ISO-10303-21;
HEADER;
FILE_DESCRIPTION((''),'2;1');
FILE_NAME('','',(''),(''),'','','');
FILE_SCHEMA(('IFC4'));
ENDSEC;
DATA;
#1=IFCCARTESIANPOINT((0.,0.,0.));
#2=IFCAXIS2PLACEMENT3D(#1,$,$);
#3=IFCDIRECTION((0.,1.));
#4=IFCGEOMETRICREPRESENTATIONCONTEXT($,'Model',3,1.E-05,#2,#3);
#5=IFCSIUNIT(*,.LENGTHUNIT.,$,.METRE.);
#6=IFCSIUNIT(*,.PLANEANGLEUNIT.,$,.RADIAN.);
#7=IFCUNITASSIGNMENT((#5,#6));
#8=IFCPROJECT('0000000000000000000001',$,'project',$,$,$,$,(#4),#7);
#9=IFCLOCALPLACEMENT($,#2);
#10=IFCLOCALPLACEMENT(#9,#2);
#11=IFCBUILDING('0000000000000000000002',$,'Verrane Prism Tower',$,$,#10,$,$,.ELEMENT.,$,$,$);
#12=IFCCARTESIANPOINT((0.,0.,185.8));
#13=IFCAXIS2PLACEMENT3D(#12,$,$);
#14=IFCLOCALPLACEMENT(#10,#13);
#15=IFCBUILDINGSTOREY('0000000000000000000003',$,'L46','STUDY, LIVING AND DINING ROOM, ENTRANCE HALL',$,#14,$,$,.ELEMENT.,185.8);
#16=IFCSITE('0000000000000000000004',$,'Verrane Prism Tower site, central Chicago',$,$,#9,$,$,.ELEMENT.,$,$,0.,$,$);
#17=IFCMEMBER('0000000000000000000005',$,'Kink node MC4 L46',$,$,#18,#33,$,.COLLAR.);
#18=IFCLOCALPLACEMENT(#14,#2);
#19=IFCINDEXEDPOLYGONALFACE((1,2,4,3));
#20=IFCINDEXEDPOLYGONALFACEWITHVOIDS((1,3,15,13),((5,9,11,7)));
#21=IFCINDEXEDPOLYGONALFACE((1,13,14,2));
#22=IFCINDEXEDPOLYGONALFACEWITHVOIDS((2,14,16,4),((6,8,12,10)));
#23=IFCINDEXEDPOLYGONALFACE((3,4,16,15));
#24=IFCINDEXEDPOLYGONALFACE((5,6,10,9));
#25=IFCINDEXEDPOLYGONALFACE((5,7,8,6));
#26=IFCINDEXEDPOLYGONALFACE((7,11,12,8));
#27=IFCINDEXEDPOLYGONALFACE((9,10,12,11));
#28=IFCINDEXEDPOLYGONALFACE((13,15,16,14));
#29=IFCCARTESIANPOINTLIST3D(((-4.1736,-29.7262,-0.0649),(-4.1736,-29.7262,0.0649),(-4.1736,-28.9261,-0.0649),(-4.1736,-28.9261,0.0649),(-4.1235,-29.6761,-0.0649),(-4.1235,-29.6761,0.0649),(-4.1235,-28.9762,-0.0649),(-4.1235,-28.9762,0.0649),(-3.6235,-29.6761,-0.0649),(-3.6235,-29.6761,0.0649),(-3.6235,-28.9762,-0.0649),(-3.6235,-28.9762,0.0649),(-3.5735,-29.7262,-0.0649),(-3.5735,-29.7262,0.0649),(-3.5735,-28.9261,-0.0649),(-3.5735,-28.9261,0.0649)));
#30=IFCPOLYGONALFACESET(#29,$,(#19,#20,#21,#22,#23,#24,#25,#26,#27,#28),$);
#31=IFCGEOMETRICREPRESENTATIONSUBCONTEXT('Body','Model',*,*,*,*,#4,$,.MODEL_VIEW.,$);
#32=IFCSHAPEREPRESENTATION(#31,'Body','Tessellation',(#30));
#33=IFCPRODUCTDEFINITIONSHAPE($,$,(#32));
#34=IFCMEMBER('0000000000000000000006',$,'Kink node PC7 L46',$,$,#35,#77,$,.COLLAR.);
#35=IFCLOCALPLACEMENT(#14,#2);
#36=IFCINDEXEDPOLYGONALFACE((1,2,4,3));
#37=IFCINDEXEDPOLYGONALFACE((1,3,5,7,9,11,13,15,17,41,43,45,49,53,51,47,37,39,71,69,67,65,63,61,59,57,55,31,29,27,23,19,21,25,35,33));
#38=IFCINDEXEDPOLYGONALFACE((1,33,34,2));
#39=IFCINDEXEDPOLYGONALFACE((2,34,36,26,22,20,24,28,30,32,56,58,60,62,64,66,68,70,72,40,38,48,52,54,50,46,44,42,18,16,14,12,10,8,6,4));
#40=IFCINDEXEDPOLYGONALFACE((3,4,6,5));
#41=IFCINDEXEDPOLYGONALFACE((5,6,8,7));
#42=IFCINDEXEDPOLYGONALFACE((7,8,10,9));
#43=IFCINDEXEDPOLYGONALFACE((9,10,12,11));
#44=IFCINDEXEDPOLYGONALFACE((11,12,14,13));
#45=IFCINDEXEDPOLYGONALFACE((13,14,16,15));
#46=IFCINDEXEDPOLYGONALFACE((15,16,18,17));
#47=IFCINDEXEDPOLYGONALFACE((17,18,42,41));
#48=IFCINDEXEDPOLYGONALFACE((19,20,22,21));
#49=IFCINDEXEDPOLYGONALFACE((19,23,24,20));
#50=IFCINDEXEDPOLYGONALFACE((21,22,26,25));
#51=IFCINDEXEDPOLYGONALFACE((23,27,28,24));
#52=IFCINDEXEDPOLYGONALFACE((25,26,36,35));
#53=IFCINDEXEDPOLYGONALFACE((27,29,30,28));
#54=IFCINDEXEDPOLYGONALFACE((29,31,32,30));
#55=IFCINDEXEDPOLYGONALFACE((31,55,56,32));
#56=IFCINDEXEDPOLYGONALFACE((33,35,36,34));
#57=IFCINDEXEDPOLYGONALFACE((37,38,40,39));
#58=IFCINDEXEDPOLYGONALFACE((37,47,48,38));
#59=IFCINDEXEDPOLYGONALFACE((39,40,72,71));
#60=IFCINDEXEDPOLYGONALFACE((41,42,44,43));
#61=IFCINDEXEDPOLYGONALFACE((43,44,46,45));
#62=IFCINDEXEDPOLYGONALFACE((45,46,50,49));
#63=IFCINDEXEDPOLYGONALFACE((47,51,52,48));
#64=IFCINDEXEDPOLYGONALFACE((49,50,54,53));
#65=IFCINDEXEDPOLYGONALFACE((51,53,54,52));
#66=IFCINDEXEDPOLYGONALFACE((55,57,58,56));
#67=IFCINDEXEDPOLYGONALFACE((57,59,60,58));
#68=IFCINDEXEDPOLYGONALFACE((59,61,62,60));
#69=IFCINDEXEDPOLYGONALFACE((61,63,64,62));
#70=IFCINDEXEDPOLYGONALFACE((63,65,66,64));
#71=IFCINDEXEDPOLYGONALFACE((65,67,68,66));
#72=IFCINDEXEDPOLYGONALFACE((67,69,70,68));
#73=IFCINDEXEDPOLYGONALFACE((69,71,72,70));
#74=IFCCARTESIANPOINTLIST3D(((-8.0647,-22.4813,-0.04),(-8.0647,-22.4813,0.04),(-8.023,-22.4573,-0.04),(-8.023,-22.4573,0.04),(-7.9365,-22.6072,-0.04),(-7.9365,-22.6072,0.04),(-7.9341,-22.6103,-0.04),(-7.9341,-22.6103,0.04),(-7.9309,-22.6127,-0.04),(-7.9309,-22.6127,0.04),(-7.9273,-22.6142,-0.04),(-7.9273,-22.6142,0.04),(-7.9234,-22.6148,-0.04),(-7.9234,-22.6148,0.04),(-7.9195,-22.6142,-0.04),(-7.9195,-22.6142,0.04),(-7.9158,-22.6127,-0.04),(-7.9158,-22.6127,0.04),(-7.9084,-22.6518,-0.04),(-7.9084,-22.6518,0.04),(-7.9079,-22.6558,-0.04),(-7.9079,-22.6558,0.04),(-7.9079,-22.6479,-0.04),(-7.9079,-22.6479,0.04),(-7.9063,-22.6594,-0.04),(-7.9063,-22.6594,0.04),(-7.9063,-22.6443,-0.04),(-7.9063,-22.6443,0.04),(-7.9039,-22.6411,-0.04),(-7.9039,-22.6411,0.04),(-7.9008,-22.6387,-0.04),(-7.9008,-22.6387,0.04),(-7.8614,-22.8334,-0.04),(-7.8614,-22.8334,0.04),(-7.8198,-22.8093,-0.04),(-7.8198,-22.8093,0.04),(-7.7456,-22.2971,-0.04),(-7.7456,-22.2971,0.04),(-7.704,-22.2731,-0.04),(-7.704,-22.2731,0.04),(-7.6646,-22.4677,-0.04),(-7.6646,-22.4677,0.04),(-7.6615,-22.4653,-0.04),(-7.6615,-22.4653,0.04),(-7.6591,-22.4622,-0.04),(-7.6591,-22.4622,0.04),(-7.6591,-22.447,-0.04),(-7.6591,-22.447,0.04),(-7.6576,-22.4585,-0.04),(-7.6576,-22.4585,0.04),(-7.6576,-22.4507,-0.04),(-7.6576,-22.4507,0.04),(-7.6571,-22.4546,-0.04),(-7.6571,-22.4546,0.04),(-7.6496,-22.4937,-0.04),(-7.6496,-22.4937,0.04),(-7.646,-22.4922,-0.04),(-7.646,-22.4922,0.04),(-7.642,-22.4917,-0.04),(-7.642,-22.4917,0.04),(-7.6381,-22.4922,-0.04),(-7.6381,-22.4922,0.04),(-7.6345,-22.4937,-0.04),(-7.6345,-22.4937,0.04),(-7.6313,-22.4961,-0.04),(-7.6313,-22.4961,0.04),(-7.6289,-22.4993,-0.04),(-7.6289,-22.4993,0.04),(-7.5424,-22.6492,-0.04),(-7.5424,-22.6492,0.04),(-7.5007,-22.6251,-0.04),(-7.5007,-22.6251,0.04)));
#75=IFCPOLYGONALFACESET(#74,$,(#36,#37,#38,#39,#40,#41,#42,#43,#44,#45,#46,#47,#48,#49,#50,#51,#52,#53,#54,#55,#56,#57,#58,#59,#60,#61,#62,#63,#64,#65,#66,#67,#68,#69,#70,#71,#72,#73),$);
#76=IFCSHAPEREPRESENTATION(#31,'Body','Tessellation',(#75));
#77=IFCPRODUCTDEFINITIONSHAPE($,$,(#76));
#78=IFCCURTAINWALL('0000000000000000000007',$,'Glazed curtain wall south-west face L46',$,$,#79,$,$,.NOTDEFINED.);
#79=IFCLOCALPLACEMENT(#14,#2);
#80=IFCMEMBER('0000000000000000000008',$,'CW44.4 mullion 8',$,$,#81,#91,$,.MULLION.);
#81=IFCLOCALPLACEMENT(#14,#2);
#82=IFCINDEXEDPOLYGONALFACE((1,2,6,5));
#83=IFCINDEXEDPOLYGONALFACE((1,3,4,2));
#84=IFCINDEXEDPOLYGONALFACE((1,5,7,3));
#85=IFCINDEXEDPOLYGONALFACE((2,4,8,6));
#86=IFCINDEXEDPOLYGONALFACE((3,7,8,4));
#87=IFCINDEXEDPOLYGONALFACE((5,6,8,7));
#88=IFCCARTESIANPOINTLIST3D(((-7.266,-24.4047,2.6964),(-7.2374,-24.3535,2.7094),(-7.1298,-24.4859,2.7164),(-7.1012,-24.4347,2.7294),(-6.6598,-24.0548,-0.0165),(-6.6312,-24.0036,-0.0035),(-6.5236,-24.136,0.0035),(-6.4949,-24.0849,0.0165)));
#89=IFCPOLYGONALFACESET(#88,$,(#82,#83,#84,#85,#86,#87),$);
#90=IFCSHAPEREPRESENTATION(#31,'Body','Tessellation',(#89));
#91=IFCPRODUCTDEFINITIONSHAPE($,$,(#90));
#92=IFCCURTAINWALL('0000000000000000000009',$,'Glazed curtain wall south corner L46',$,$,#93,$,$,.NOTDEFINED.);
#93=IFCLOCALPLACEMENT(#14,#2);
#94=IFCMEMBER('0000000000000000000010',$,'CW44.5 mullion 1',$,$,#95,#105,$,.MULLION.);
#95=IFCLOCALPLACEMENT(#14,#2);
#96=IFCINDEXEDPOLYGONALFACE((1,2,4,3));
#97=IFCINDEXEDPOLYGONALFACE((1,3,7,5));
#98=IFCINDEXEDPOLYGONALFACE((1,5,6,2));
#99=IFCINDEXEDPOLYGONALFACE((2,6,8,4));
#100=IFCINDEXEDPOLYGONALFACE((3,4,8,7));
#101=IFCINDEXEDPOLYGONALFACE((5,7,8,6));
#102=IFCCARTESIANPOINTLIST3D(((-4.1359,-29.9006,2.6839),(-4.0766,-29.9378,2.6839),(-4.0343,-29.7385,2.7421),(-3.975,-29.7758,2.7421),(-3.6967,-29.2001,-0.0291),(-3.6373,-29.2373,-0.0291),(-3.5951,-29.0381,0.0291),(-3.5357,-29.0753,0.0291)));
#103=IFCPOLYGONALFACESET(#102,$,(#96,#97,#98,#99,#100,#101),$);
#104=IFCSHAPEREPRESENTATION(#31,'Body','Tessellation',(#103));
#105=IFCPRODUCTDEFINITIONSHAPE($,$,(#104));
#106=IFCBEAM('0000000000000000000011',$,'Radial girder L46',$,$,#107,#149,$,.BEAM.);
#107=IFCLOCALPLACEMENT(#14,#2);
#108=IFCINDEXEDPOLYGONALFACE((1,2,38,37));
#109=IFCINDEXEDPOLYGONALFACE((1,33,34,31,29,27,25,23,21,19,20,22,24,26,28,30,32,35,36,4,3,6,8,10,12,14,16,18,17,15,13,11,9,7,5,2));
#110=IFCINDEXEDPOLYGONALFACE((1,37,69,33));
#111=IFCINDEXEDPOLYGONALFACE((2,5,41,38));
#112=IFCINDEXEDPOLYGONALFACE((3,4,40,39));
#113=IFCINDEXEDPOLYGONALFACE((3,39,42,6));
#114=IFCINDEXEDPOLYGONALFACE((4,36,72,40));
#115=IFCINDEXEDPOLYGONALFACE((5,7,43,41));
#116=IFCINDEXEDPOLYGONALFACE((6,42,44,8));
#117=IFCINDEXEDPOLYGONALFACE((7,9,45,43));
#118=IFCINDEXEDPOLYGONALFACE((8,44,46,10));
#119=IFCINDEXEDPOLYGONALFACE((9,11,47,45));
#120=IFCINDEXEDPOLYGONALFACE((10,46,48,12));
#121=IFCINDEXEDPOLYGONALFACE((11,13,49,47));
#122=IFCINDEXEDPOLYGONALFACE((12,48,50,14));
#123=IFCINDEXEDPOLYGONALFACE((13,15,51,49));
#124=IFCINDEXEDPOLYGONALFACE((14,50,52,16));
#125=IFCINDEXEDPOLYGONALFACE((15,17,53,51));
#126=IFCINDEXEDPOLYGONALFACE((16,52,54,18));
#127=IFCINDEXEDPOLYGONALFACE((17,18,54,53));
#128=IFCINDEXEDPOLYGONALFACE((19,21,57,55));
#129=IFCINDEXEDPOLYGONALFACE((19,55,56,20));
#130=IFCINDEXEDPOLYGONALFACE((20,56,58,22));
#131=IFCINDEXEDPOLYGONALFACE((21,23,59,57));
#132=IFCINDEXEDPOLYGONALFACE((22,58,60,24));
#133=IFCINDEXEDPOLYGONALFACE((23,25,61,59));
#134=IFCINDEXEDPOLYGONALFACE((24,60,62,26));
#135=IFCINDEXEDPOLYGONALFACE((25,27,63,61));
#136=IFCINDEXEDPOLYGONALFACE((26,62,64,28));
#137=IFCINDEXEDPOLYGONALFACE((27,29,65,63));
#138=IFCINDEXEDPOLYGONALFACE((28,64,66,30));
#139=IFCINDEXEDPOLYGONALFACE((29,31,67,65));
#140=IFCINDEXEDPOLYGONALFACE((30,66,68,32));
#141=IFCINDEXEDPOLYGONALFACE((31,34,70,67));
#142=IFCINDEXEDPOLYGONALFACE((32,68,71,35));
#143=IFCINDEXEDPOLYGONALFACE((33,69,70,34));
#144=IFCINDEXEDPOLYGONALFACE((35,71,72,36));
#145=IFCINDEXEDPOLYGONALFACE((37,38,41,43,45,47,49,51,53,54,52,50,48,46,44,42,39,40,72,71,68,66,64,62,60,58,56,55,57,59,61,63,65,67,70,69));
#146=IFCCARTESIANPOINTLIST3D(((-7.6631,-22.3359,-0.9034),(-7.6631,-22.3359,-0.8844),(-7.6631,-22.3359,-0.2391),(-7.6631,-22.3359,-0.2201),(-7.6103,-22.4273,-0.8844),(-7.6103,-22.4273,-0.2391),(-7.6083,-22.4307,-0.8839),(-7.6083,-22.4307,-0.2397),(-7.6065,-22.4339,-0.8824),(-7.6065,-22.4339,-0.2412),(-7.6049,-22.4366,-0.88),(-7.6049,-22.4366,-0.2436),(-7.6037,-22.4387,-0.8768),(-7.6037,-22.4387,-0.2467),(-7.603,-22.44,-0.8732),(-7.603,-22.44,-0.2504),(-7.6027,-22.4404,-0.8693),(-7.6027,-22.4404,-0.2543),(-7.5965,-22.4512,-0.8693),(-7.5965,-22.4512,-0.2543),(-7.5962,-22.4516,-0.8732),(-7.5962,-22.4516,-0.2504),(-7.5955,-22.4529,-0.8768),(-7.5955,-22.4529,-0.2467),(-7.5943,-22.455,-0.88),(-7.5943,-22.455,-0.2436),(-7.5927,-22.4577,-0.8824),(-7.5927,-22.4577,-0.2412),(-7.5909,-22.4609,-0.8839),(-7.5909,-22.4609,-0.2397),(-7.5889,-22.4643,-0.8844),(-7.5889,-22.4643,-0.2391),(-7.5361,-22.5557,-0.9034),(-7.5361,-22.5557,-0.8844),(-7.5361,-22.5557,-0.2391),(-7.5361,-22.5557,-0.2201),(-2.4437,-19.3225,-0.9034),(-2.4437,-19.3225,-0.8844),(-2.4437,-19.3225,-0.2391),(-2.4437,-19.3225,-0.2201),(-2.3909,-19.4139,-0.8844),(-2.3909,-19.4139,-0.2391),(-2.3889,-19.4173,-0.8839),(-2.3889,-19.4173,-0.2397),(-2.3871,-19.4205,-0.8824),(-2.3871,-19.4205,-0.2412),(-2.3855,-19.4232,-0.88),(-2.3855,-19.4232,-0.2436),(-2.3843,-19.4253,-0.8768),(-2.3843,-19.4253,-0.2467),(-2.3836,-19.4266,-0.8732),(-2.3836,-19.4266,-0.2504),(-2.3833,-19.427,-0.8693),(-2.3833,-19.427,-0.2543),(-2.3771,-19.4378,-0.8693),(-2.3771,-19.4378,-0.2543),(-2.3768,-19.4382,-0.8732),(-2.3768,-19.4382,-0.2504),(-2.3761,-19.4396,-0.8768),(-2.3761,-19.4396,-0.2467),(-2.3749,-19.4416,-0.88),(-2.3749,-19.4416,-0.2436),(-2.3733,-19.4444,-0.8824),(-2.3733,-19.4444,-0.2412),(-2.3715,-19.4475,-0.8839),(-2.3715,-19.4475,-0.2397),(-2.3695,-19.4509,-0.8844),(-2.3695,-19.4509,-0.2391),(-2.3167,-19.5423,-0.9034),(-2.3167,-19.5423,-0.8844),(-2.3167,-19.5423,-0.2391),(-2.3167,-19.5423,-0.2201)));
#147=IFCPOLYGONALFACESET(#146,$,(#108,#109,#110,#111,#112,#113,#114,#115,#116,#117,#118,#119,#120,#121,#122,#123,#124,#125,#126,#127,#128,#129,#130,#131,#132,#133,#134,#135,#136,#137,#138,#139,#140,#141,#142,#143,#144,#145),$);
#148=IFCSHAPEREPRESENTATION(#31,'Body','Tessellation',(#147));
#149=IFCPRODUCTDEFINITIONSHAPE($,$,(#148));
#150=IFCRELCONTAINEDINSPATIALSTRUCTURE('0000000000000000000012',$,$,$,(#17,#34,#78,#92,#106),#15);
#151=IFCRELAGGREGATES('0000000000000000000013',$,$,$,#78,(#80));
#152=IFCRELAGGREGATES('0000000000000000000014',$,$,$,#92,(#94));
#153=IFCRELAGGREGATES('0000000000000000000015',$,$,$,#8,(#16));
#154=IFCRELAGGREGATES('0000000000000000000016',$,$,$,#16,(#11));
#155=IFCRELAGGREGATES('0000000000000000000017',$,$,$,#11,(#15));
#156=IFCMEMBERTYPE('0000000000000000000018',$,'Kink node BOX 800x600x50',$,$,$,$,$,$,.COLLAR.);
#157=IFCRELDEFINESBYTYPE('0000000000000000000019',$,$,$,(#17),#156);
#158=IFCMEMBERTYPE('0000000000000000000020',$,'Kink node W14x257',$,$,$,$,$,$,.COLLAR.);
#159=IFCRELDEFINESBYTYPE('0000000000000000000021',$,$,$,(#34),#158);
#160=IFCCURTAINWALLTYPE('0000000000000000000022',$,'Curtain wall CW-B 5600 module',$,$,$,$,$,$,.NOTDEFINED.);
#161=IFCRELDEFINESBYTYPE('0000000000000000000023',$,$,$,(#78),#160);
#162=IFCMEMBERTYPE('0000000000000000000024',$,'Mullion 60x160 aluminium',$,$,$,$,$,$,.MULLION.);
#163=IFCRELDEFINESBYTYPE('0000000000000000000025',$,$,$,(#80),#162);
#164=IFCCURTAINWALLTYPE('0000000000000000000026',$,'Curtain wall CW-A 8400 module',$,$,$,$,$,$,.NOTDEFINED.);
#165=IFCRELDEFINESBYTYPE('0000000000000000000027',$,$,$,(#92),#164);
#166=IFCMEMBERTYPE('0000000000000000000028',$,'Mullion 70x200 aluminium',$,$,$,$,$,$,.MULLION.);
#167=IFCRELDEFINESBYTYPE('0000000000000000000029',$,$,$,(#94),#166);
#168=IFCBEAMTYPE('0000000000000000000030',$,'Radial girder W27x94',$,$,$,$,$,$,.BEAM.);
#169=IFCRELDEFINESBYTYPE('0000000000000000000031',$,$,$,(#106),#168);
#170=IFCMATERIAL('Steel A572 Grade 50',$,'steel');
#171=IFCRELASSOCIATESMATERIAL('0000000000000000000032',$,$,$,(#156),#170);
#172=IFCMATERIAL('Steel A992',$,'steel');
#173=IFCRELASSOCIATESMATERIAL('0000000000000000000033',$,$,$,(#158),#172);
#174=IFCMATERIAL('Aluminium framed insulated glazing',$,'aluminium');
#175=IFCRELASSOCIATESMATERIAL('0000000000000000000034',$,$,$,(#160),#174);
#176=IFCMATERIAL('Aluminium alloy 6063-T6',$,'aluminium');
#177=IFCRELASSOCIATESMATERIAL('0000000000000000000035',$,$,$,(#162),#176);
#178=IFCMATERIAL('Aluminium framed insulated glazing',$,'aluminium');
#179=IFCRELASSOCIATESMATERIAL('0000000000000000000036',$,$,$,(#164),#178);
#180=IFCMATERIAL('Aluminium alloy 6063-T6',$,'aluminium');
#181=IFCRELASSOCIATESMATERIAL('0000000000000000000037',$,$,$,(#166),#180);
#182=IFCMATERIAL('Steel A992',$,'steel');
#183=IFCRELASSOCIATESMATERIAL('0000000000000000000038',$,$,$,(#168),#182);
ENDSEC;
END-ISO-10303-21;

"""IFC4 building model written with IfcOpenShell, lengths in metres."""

from ifc_helpers import new_model, si_unit, direction, frame, origin, origin_2d, place, context, subcontext, project, spatial, rectangle, hollow_rectangle, i_section, extrude, material, material_profile, profile_set, type_object, element, aggregate, save


model = new_model("IFC4")

# Units and contexts
model_context = context("Model", 3, precision=1e-05, world=origin(), true_north=direction((0.0, 1.0)))
body_context = subcontext(model_context, "Body", "Model", "MODEL_VIEW")
ifc_project = project(units=[si_unit("LENGTHUNIT", "METRE"), si_unit("PLANEANGLEUNIT", "RADIAN")], contexts=[model_context])

# Site, building, storey
site_placement = place(None, origin())
site = spatial("IfcSite", under=ifc_project, at=site_placement, Name="Verrane Prism Tower site, central Chicago", CompositionType="ELEMENT", RefElevation=0.0)
building_placement = place(site_placement, origin())
building = spatial("IfcBuilding", under=site, at=building_placement, Name="Verrane Prism Tower", CompositionType="ELEMENT")
storey_placement = place(building_placement, frame((0.0, 0.0, 185.8)))
storey = spatial("IfcBuildingStorey", under=building, at=storey_placement, Name="L46", Description="STUDY, LIVING AND DINING ROOM, ENTRANCE HALL", CompositionType="ELEMENT", Elevation=185.8)

# Members
ifc_material_1 = material(Name="Steel A572 Grade 50", Category="steel")
ifc_material_profile_1 = material_profile(ifc_material_1, hollow_rectangle(XDim=0.6001, YDim=0.8, WallThickness=0.05, at=origin_2d()), Name="BOX 800x600x50")
ifc_profile_set_1 = profile_set([ifc_material_profile_1], Name="Steel A572 Grade 50")
member_type_1 = type_object("IfcMemberType", Name="Kink node BOX 800x600x50", PredefinedType="COLLAR", material=ifc_profile_set_1)
member_1_placement = place(storey_placement, frame((-3.8735, -29.3262, -0.0649), z_axis=(0.0, 0.0, 1.0), x_axis=(-1.0, 0.0, 0.0)))
element("IfcMember", 1, at=member_1_placement, inside=storey, type_object=member_type_1, Name="Kink node MC4 L46", PredefinedType="COLLAR", context=body_context, shape_type="SweptSolid", body=[
    extrude(hollow_rectangle(XDim=0.6001, YDim=0.8, WallThickness=0.05, at=origin_2d()), origin(), (0.0, 0.0, 1.0), 0.1299),
])
ifc_material_2 = material(Name="Steel A992", Category="steel")
ifc_material_profile_2 = material_profile(ifc_material_2, i_section(OverallWidth=0.4065, OverallDepth=0.4165, WebThickness=0.03, FlangeThickness=0.0481, FilletRadius=0.0151, at=origin_2d()), Name="W14x257")
ifc_profile_set_2 = profile_set([ifc_material_profile_2], Name="Steel A992")
member_type_2 = type_object("IfcMemberType", Name="Kink node W14x257", PredefinedType="COLLAR", material=ifc_profile_set_2)
member_2_placement = place(storey_placement, frame((-7.7827, -22.5532, -0.04), z_axis=(0.0, 0.0, 1.0), x_axis=(-0.5, 0.866025, 0.0)))
element("IfcMember", 2, at=member_2_placement, inside=storey, type_object=member_type_2, Name="Kink node PC7 L46", PredefinedType="COLLAR", context=body_context, shape_type="SweptSolid", body=[
    extrude(i_section(OverallWidth=0.4065, OverallDepth=0.4165, WebThickness=0.03, FlangeThickness=0.0481, FilletRadius=0.0151, at=origin_2d()), origin(), (0.0, 0.0, 1.0), 0.0801),
])

# Curtain walls, members
ifc_material_3 = material(Name="Aluminium framed insulated glazing", Category="aluminium")
curtain_wall_type_1 = type_object("IfcCurtainWallType", Name="Curtain wall CW-B 5600 module", PredefinedType="NOTDEFINED", material=ifc_material_3)
curtain_wall_1_placement = place(storey_placement, origin())
curtain_wall_1 = element("IfcCurtainWall", 3, at=curtain_wall_1_placement, inside=storey, type_object=curtain_wall_type_1, Name="Glazed curtain wall south-west face L46", PredefinedType="NOTDEFINED")
ifc_material_4 = material(Name="Aluminium alloy 6063-T6", Category="aluminium")
ifc_material_profile_3 = material_profile(ifc_material_4, rectangle(XDim=0.1599, YDim=0.0601, at=origin_2d()), Name="Mullion 60x160 aluminium")
ifc_profile_set_3 = profile_set([ifc_material_profile_3], Name="Aluminium alloy 6063-T6")
member_type_3 = type_object("IfcMemberType", Name="Mullion 60x160 aluminium", PredefinedType="MULLION", material=ifc_profile_set_3)
member_3_placement = place(storey_placement, frame((-6.5774, -24.0698, 0.0), z_axis=(-0.216367, -0.124871, 0.968294), x_axis=(0.85221, -0.508072, 0.124907)))
member_3 = element("IfcMember", 4, at=member_3_placement, type_object=member_type_3, Name="CW44.4 mullion 8", PredefinedType="MULLION", context=body_context, shape_type="SweptSolid", body=[
    extrude(rectangle(XDim=0.1599, YDim=0.0601, at=origin_2d()), origin(), (0.0, 0.0, 1.0), 2.8018),
])
ifc_material_5 = material(Name="Aluminium framed insulated glazing", Category="aluminium")
curtain_wall_type_2 = type_object("IfcCurtainWallType", Name="Curtain wall CW-A 8400 module", PredefinedType="NOTDEFINED", material=ifc_material_5)
curtain_wall_2_placement = place(storey_placement, origin())
curtain_wall_2 = element("IfcCurtainWall", 5, at=curtain_wall_2_placement, inside=storey, type_object=curtain_wall_type_2, Name="Glazed curtain wall south corner L46", PredefinedType="NOTDEFINED")
ifc_material_6 = material(Name="Aluminium alloy 6063-T6", Category="aluminium")
ifc_material_profile_4 = material_profile(ifc_material_6, rectangle(XDim=0.2, YDim=0.0701, at=origin_2d()), Name="Mullion 70x200 aluminium")
ifc_profile_set_4 = profile_set([ifc_material_profile_4], Name="Aluminium alloy 6063-T6")
member_type_4 = type_object("IfcMemberType", Name="Mullion 70x200 aluminium", PredefinedType="MULLION", material=ifc_profile_set_4)
member_4_placement = place(storey_placement, frame((-3.6162, -29.1377, 0.0), z_axis=(-0.154865, -0.246975, 0.956567), x_axis=(0.508172, 0.81042, 0.291513)))
member_4 = element("IfcMember", 6, at=member_4_placement, type_object=member_type_4, Name="CW44.5 mullion 1", PredefinedType="MULLION", context=body_context, shape_type="SweptSolid", body=[
    extrude(rectangle(XDim=0.2, YDim=0.0701, at=origin_2d()), origin(), (0.0, 0.0, 1.0), 2.8362),
])

# Beam
ifc_material_7 = material(Name="Steel A992", Category="steel")
ifc_material_profile_5 = material_profile(ifc_material_7, i_section(OverallWidth=0.2539, OverallDepth=0.6833, WebThickness=0.0125, FlangeThickness=0.019, FilletRadius=0.0151, at=origin_2d()), Name="W27x94")
ifc_profile_set_5 = profile_set([ifc_material_profile_5], Name="Steel A992")
beam_type_1 = type_object("IfcBeamType", Name="Radial girder W27x94", PredefinedType="BEAM", material=ifc_profile_set_5)
beam_1_placement = place(storey_placement, frame((-7.5996, -22.4458, -0.5618), z_axis=(0.866028, 0.499995, 0.0), x_axis=(-0.499995, 0.866028, 0.0)))
element("IfcBeam", 7, at=beam_1_placement, inside=storey, type_object=beam_type_1, Name="Radial girder L46", PredefinedType="BEAM", context=body_context, shape_type="SweptSolid", body=[
    extrude(i_section(OverallWidth=0.2539, OverallDepth=0.6833, WebThickness=0.0125, FlangeThickness=0.019, FilletRadius=0.0151, at=origin_2d()), origin(), (0.0, 0.0, 1.0), 6.0269),
])

aggregate(curtain_wall_1, [member_3])
aggregate(curtain_wall_2, [member_4])

save(model, "model.ifc")
